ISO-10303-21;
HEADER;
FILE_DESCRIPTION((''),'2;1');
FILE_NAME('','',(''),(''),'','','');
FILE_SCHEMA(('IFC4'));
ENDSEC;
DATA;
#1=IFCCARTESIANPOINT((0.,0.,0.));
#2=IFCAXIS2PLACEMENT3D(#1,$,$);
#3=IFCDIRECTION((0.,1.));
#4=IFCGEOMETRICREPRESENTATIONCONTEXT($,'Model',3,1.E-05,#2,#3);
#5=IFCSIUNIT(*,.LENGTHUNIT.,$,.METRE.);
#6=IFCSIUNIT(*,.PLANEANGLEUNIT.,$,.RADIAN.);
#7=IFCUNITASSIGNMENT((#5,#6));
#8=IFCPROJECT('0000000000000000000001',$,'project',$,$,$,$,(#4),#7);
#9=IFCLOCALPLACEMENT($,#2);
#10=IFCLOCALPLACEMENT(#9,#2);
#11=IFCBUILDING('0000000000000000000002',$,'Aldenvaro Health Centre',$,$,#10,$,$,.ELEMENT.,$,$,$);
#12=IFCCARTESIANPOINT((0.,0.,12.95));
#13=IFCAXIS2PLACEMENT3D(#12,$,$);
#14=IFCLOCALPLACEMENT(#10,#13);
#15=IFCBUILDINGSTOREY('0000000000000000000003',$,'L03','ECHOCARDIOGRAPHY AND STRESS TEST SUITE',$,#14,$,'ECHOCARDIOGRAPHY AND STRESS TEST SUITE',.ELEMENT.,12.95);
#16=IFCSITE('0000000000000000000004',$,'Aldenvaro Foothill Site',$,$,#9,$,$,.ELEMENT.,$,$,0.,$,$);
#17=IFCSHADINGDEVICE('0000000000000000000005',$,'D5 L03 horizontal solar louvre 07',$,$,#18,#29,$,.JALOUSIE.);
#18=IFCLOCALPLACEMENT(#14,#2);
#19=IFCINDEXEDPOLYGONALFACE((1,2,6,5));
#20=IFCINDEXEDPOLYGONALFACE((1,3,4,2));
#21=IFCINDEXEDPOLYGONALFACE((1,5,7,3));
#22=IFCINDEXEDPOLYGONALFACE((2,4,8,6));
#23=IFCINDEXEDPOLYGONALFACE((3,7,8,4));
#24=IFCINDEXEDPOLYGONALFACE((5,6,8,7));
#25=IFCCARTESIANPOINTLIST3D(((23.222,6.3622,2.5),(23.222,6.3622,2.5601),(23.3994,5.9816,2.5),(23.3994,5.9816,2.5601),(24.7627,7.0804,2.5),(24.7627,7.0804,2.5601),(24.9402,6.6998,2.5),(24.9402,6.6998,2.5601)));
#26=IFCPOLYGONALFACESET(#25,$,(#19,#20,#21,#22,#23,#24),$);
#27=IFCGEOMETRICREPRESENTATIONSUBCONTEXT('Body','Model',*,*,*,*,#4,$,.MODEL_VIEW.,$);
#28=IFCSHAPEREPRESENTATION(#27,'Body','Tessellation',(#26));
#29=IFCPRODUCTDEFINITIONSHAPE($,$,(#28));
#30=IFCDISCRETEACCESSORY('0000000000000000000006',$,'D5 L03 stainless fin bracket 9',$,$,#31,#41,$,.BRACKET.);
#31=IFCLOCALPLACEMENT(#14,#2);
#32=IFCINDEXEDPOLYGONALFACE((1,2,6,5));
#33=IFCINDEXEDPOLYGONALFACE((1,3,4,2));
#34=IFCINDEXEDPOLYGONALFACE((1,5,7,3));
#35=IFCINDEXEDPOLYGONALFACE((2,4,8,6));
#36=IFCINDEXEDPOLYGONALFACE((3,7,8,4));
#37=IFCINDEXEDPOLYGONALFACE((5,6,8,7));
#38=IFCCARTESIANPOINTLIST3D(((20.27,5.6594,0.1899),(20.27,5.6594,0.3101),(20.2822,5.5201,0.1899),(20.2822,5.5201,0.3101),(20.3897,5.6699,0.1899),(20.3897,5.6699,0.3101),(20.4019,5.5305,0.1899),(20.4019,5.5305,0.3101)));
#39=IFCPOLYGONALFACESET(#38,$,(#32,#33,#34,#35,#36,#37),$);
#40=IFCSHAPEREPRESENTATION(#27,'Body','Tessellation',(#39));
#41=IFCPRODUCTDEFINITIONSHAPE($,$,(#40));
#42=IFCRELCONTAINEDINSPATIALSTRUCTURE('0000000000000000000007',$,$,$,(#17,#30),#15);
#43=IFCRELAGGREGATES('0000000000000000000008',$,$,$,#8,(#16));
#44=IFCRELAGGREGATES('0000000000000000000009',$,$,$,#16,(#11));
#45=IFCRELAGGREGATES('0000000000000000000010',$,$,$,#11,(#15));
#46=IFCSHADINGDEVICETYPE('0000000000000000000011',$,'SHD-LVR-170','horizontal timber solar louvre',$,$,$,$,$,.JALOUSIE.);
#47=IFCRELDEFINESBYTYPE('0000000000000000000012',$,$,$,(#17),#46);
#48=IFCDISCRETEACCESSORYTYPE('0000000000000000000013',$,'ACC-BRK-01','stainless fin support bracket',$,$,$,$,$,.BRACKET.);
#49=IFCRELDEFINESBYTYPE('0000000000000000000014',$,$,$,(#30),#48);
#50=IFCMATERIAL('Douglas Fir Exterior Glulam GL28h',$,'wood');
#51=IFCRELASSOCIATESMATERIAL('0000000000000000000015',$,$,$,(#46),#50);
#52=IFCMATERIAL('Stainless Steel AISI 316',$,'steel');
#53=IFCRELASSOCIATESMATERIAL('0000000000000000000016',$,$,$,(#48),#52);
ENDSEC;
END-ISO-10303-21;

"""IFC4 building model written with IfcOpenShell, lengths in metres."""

from ifc_helpers import new_model, si_unit, direction, frame, origin, origin_2d, place, context, subcontext, project, spatial, rectangle, extrude, material, type_object, element, save


model = new_model("IFC4")

# Units and contexts
model_context = context("Model", 3, precision=1e-05, world=origin(), true_north=direction((0.0, 1.0)))
body_context = subcontext(model_context, "Body", "Model", "MODEL_VIEW")
ifc_project = project(units=[si_unit("LENGTHUNIT", "METRE"), si_unit("PLANEANGLEUNIT", "RADIAN")], contexts=[model_context])

# Site, building, storey
site_placement = place(None, origin())
site = spatial("IfcSite", under=ifc_project, at=site_placement, Name="Aldenvaro Foothill Site", CompositionType="ELEMENT", RefElevation=0.0)
building_placement = place(site_placement, origin())
building = spatial("IfcBuilding", under=site, at=building_placement, Name="Aldenvaro Health Centre", CompositionType="ELEMENT")
storey_placement = place(building_placement, frame((0.0, 0.0, 12.95)))
storey = spatial("IfcBuildingStorey", under=building, at=storey_placement, Name="L03", Description="ECHOCARDIOGRAPHY AND STRESS TEST SUITE", LongName="ECHOCARDIOGRAPHY AND STRESS TEST SUITE", CompositionType="ELEMENT", Elevation=12.95)

# Shading device
ifc_material_1 = material(Name="Douglas Fir Exterior Glulam GL28h", Category="wood")
shading_device_type_1 = type_object("IfcShadingDeviceType", Name="SHD-LVR-170", Description="horizontal timber solar louvre", PredefinedType="JALOUSIE", material=ifc_material_1)
shading_device_1_placement = place(storey_placement, frame((24.0811, 6.531, 2.5), z_axis=(0.0, 0.0, 1.0), x_axis=(-0.906365, -0.422496, 0.0)))
element("IfcShadingDevice", 1, at=shading_device_1_placement, inside=storey, type_object=shading_device_type_1, Name="D5 L03 horizontal solar louvre 07", PredefinedType="JALOUSIE", context=body_context, shape_type="SweptSolid", body=[
    extrude(rectangle(XDim=1.7, YDim=0.4199, at=origin_2d()), origin(), (0.0, 0.0, 1.0), 0.0601),
])

# Discrete accessory
ifc_material_2 = material(Name="Stainless Steel AISI 316", Category="steel")
discrete_accessory_type = type_object("IfcDiscreteAccessoryType", Name="ACC-BRK-01", Description="stainless fin support bracket", PredefinedType="BRACKET", material=ifc_material_2)
discrete_accessory_placement = place(storey_placement, frame((20.3359, 5.595, 0.1899), z_axis=(0.0, 0.0, 1.0), x_axis=(-0.996194, -0.087167, 0.0)))
element("IfcDiscreteAccessory", 2, at=discrete_accessory_placement, inside=storey, type_object=discrete_accessory_type, Name="D5 L03 stainless fin bracket 9", PredefinedType="BRACKET", context=body_context, shape_type="SweptSolid", body=[
    extrude(rectangle(XDim=0.1201, YDim=0.1399, at=origin_2d()), origin(), (0.0, 0.0, 1.0), 0.1201),
])

save(model, "model.ifc")
